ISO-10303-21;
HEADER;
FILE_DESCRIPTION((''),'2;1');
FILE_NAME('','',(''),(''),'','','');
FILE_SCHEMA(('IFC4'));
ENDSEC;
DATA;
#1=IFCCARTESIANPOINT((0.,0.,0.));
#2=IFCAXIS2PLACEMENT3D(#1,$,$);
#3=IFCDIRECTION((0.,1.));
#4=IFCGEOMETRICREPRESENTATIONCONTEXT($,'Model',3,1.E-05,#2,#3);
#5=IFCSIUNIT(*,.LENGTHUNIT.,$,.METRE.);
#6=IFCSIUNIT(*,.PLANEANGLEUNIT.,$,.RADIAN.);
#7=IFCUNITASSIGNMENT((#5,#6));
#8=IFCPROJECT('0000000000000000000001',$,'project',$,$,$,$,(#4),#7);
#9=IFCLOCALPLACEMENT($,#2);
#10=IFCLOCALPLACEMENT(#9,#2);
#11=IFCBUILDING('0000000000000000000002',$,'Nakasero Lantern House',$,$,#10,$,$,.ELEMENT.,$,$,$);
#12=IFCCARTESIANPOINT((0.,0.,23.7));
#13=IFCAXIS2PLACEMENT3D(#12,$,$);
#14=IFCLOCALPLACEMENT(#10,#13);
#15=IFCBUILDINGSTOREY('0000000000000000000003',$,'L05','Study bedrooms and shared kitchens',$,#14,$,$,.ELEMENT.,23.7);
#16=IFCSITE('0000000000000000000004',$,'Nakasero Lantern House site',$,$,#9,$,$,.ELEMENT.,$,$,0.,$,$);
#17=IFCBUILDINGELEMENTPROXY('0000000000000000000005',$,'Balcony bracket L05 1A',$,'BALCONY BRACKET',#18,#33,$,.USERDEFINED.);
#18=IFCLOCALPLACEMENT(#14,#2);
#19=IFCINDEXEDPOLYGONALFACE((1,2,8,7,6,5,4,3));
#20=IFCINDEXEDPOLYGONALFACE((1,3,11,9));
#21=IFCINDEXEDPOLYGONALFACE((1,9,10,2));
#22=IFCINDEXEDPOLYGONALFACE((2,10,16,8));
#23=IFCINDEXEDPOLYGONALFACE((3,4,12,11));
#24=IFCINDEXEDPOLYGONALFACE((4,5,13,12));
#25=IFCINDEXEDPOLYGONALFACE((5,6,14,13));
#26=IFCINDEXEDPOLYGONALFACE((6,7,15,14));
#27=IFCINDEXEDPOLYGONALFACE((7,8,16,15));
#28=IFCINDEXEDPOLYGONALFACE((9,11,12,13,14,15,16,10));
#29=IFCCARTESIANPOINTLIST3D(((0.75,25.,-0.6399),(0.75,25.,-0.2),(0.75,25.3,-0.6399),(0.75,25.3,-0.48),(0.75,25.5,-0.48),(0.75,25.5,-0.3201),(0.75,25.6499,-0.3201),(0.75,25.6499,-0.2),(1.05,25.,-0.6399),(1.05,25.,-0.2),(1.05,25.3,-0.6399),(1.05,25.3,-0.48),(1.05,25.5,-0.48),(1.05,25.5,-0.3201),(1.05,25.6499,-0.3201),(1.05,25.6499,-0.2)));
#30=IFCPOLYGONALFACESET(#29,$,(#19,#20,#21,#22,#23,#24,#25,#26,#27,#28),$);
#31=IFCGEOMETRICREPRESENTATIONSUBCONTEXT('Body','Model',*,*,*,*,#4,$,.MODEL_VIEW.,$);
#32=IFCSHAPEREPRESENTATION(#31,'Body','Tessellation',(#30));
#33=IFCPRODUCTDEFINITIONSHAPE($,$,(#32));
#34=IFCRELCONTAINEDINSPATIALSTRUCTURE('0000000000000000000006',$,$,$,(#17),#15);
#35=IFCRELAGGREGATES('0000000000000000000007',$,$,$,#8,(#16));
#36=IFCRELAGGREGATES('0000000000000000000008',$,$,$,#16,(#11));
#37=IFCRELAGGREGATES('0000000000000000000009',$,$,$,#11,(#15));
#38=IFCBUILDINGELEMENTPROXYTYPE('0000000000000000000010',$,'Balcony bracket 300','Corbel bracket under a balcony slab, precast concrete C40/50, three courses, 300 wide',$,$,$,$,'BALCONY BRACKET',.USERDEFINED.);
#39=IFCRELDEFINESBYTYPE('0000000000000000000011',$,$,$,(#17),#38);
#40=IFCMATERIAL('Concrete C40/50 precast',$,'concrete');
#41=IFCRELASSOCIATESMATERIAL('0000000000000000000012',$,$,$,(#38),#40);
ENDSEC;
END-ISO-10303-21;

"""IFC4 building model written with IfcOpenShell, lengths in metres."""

from ifc_helpers import new_model, si_unit, direction, frame, origin, place, context, subcontext, project, spatial, polyline, outline, extrude, material, type_object, element, save


model = new_model("IFC4")

# Units and contexts
model_context = context("Model", 3, precision=1e-05, world=origin(), true_north=direction((0.0, 1.0)))
body_context = subcontext(model_context, "Body", "Model", "MODEL_VIEW")
ifc_project = project(units=[si_unit("LENGTHUNIT", "METRE"), si_unit("PLANEANGLEUNIT", "RADIAN")], contexts=[model_context])

# Site, building, storey
site_placement = place(None, origin())
site = spatial("IfcSite", under=ifc_project, at=site_placement, Name="Nakasero Lantern House site", CompositionType="ELEMENT", RefElevation=0.0)
building_placement = place(site_placement, origin())
building = spatial("IfcBuilding", under=site, at=building_placement, Name="Nakasero Lantern House", CompositionType="ELEMENT")
storey_placement = place(building_placement, frame((0.0, 0.0, 23.7)))
storey = spatial("IfcBuildingStorey", under=building, at=storey_placement, Name="L05", Description="Study bedrooms and shared kitchens", CompositionType="ELEMENT", Elevation=23.7)

# Building element proxy
ifc_material_1 = material(Name="Concrete C40/50 precast", Category="concrete")
building_element_proxy_type = type_object("IfcBuildingElementProxyType", Name="Balcony bracket 300", Description="Corbel bracket under a balcony slab, precast concrete C40/50, three courses, 300 wide", ElementType="BALCONY BRACKET", PredefinedType="USERDEFINED", material=ifc_material_1)
proxy_placement = place(storey_placement, frame((0.8999, 25.0, -0.2), z_axis=(0.0, 0.0, 1.0), x_axis=(0.0, 1.0, 0.0)))
element("IfcBuildingElementProxy", 1, at=proxy_placement, inside=storey, type_object=building_element_proxy_type, Name="Balcony bracket L05 1A", ObjectType="BALCONY BRACKET", PredefinedType="USERDEFINED", context=body_context, shape_type="SweptSolid", body=[
    extrude(outline(polyline([(0.0, 0.0), (0.6499, 0.0), (0.6499, -0.1201), (0.5, -0.1201), (0.5, -0.28), (0.3, -0.28), (0.3, -0.4399), (0.0, -0.4399), (0.0, 0.0)])), frame((0.0, 0.1499, 0.0), z_axis=(0.0, -1.0, 0.0), x_axis=(1.0, 0.0, 0.0)), (0.0, 0.0, 1.0), 0.3),
])

save(model, "model.ifc")
